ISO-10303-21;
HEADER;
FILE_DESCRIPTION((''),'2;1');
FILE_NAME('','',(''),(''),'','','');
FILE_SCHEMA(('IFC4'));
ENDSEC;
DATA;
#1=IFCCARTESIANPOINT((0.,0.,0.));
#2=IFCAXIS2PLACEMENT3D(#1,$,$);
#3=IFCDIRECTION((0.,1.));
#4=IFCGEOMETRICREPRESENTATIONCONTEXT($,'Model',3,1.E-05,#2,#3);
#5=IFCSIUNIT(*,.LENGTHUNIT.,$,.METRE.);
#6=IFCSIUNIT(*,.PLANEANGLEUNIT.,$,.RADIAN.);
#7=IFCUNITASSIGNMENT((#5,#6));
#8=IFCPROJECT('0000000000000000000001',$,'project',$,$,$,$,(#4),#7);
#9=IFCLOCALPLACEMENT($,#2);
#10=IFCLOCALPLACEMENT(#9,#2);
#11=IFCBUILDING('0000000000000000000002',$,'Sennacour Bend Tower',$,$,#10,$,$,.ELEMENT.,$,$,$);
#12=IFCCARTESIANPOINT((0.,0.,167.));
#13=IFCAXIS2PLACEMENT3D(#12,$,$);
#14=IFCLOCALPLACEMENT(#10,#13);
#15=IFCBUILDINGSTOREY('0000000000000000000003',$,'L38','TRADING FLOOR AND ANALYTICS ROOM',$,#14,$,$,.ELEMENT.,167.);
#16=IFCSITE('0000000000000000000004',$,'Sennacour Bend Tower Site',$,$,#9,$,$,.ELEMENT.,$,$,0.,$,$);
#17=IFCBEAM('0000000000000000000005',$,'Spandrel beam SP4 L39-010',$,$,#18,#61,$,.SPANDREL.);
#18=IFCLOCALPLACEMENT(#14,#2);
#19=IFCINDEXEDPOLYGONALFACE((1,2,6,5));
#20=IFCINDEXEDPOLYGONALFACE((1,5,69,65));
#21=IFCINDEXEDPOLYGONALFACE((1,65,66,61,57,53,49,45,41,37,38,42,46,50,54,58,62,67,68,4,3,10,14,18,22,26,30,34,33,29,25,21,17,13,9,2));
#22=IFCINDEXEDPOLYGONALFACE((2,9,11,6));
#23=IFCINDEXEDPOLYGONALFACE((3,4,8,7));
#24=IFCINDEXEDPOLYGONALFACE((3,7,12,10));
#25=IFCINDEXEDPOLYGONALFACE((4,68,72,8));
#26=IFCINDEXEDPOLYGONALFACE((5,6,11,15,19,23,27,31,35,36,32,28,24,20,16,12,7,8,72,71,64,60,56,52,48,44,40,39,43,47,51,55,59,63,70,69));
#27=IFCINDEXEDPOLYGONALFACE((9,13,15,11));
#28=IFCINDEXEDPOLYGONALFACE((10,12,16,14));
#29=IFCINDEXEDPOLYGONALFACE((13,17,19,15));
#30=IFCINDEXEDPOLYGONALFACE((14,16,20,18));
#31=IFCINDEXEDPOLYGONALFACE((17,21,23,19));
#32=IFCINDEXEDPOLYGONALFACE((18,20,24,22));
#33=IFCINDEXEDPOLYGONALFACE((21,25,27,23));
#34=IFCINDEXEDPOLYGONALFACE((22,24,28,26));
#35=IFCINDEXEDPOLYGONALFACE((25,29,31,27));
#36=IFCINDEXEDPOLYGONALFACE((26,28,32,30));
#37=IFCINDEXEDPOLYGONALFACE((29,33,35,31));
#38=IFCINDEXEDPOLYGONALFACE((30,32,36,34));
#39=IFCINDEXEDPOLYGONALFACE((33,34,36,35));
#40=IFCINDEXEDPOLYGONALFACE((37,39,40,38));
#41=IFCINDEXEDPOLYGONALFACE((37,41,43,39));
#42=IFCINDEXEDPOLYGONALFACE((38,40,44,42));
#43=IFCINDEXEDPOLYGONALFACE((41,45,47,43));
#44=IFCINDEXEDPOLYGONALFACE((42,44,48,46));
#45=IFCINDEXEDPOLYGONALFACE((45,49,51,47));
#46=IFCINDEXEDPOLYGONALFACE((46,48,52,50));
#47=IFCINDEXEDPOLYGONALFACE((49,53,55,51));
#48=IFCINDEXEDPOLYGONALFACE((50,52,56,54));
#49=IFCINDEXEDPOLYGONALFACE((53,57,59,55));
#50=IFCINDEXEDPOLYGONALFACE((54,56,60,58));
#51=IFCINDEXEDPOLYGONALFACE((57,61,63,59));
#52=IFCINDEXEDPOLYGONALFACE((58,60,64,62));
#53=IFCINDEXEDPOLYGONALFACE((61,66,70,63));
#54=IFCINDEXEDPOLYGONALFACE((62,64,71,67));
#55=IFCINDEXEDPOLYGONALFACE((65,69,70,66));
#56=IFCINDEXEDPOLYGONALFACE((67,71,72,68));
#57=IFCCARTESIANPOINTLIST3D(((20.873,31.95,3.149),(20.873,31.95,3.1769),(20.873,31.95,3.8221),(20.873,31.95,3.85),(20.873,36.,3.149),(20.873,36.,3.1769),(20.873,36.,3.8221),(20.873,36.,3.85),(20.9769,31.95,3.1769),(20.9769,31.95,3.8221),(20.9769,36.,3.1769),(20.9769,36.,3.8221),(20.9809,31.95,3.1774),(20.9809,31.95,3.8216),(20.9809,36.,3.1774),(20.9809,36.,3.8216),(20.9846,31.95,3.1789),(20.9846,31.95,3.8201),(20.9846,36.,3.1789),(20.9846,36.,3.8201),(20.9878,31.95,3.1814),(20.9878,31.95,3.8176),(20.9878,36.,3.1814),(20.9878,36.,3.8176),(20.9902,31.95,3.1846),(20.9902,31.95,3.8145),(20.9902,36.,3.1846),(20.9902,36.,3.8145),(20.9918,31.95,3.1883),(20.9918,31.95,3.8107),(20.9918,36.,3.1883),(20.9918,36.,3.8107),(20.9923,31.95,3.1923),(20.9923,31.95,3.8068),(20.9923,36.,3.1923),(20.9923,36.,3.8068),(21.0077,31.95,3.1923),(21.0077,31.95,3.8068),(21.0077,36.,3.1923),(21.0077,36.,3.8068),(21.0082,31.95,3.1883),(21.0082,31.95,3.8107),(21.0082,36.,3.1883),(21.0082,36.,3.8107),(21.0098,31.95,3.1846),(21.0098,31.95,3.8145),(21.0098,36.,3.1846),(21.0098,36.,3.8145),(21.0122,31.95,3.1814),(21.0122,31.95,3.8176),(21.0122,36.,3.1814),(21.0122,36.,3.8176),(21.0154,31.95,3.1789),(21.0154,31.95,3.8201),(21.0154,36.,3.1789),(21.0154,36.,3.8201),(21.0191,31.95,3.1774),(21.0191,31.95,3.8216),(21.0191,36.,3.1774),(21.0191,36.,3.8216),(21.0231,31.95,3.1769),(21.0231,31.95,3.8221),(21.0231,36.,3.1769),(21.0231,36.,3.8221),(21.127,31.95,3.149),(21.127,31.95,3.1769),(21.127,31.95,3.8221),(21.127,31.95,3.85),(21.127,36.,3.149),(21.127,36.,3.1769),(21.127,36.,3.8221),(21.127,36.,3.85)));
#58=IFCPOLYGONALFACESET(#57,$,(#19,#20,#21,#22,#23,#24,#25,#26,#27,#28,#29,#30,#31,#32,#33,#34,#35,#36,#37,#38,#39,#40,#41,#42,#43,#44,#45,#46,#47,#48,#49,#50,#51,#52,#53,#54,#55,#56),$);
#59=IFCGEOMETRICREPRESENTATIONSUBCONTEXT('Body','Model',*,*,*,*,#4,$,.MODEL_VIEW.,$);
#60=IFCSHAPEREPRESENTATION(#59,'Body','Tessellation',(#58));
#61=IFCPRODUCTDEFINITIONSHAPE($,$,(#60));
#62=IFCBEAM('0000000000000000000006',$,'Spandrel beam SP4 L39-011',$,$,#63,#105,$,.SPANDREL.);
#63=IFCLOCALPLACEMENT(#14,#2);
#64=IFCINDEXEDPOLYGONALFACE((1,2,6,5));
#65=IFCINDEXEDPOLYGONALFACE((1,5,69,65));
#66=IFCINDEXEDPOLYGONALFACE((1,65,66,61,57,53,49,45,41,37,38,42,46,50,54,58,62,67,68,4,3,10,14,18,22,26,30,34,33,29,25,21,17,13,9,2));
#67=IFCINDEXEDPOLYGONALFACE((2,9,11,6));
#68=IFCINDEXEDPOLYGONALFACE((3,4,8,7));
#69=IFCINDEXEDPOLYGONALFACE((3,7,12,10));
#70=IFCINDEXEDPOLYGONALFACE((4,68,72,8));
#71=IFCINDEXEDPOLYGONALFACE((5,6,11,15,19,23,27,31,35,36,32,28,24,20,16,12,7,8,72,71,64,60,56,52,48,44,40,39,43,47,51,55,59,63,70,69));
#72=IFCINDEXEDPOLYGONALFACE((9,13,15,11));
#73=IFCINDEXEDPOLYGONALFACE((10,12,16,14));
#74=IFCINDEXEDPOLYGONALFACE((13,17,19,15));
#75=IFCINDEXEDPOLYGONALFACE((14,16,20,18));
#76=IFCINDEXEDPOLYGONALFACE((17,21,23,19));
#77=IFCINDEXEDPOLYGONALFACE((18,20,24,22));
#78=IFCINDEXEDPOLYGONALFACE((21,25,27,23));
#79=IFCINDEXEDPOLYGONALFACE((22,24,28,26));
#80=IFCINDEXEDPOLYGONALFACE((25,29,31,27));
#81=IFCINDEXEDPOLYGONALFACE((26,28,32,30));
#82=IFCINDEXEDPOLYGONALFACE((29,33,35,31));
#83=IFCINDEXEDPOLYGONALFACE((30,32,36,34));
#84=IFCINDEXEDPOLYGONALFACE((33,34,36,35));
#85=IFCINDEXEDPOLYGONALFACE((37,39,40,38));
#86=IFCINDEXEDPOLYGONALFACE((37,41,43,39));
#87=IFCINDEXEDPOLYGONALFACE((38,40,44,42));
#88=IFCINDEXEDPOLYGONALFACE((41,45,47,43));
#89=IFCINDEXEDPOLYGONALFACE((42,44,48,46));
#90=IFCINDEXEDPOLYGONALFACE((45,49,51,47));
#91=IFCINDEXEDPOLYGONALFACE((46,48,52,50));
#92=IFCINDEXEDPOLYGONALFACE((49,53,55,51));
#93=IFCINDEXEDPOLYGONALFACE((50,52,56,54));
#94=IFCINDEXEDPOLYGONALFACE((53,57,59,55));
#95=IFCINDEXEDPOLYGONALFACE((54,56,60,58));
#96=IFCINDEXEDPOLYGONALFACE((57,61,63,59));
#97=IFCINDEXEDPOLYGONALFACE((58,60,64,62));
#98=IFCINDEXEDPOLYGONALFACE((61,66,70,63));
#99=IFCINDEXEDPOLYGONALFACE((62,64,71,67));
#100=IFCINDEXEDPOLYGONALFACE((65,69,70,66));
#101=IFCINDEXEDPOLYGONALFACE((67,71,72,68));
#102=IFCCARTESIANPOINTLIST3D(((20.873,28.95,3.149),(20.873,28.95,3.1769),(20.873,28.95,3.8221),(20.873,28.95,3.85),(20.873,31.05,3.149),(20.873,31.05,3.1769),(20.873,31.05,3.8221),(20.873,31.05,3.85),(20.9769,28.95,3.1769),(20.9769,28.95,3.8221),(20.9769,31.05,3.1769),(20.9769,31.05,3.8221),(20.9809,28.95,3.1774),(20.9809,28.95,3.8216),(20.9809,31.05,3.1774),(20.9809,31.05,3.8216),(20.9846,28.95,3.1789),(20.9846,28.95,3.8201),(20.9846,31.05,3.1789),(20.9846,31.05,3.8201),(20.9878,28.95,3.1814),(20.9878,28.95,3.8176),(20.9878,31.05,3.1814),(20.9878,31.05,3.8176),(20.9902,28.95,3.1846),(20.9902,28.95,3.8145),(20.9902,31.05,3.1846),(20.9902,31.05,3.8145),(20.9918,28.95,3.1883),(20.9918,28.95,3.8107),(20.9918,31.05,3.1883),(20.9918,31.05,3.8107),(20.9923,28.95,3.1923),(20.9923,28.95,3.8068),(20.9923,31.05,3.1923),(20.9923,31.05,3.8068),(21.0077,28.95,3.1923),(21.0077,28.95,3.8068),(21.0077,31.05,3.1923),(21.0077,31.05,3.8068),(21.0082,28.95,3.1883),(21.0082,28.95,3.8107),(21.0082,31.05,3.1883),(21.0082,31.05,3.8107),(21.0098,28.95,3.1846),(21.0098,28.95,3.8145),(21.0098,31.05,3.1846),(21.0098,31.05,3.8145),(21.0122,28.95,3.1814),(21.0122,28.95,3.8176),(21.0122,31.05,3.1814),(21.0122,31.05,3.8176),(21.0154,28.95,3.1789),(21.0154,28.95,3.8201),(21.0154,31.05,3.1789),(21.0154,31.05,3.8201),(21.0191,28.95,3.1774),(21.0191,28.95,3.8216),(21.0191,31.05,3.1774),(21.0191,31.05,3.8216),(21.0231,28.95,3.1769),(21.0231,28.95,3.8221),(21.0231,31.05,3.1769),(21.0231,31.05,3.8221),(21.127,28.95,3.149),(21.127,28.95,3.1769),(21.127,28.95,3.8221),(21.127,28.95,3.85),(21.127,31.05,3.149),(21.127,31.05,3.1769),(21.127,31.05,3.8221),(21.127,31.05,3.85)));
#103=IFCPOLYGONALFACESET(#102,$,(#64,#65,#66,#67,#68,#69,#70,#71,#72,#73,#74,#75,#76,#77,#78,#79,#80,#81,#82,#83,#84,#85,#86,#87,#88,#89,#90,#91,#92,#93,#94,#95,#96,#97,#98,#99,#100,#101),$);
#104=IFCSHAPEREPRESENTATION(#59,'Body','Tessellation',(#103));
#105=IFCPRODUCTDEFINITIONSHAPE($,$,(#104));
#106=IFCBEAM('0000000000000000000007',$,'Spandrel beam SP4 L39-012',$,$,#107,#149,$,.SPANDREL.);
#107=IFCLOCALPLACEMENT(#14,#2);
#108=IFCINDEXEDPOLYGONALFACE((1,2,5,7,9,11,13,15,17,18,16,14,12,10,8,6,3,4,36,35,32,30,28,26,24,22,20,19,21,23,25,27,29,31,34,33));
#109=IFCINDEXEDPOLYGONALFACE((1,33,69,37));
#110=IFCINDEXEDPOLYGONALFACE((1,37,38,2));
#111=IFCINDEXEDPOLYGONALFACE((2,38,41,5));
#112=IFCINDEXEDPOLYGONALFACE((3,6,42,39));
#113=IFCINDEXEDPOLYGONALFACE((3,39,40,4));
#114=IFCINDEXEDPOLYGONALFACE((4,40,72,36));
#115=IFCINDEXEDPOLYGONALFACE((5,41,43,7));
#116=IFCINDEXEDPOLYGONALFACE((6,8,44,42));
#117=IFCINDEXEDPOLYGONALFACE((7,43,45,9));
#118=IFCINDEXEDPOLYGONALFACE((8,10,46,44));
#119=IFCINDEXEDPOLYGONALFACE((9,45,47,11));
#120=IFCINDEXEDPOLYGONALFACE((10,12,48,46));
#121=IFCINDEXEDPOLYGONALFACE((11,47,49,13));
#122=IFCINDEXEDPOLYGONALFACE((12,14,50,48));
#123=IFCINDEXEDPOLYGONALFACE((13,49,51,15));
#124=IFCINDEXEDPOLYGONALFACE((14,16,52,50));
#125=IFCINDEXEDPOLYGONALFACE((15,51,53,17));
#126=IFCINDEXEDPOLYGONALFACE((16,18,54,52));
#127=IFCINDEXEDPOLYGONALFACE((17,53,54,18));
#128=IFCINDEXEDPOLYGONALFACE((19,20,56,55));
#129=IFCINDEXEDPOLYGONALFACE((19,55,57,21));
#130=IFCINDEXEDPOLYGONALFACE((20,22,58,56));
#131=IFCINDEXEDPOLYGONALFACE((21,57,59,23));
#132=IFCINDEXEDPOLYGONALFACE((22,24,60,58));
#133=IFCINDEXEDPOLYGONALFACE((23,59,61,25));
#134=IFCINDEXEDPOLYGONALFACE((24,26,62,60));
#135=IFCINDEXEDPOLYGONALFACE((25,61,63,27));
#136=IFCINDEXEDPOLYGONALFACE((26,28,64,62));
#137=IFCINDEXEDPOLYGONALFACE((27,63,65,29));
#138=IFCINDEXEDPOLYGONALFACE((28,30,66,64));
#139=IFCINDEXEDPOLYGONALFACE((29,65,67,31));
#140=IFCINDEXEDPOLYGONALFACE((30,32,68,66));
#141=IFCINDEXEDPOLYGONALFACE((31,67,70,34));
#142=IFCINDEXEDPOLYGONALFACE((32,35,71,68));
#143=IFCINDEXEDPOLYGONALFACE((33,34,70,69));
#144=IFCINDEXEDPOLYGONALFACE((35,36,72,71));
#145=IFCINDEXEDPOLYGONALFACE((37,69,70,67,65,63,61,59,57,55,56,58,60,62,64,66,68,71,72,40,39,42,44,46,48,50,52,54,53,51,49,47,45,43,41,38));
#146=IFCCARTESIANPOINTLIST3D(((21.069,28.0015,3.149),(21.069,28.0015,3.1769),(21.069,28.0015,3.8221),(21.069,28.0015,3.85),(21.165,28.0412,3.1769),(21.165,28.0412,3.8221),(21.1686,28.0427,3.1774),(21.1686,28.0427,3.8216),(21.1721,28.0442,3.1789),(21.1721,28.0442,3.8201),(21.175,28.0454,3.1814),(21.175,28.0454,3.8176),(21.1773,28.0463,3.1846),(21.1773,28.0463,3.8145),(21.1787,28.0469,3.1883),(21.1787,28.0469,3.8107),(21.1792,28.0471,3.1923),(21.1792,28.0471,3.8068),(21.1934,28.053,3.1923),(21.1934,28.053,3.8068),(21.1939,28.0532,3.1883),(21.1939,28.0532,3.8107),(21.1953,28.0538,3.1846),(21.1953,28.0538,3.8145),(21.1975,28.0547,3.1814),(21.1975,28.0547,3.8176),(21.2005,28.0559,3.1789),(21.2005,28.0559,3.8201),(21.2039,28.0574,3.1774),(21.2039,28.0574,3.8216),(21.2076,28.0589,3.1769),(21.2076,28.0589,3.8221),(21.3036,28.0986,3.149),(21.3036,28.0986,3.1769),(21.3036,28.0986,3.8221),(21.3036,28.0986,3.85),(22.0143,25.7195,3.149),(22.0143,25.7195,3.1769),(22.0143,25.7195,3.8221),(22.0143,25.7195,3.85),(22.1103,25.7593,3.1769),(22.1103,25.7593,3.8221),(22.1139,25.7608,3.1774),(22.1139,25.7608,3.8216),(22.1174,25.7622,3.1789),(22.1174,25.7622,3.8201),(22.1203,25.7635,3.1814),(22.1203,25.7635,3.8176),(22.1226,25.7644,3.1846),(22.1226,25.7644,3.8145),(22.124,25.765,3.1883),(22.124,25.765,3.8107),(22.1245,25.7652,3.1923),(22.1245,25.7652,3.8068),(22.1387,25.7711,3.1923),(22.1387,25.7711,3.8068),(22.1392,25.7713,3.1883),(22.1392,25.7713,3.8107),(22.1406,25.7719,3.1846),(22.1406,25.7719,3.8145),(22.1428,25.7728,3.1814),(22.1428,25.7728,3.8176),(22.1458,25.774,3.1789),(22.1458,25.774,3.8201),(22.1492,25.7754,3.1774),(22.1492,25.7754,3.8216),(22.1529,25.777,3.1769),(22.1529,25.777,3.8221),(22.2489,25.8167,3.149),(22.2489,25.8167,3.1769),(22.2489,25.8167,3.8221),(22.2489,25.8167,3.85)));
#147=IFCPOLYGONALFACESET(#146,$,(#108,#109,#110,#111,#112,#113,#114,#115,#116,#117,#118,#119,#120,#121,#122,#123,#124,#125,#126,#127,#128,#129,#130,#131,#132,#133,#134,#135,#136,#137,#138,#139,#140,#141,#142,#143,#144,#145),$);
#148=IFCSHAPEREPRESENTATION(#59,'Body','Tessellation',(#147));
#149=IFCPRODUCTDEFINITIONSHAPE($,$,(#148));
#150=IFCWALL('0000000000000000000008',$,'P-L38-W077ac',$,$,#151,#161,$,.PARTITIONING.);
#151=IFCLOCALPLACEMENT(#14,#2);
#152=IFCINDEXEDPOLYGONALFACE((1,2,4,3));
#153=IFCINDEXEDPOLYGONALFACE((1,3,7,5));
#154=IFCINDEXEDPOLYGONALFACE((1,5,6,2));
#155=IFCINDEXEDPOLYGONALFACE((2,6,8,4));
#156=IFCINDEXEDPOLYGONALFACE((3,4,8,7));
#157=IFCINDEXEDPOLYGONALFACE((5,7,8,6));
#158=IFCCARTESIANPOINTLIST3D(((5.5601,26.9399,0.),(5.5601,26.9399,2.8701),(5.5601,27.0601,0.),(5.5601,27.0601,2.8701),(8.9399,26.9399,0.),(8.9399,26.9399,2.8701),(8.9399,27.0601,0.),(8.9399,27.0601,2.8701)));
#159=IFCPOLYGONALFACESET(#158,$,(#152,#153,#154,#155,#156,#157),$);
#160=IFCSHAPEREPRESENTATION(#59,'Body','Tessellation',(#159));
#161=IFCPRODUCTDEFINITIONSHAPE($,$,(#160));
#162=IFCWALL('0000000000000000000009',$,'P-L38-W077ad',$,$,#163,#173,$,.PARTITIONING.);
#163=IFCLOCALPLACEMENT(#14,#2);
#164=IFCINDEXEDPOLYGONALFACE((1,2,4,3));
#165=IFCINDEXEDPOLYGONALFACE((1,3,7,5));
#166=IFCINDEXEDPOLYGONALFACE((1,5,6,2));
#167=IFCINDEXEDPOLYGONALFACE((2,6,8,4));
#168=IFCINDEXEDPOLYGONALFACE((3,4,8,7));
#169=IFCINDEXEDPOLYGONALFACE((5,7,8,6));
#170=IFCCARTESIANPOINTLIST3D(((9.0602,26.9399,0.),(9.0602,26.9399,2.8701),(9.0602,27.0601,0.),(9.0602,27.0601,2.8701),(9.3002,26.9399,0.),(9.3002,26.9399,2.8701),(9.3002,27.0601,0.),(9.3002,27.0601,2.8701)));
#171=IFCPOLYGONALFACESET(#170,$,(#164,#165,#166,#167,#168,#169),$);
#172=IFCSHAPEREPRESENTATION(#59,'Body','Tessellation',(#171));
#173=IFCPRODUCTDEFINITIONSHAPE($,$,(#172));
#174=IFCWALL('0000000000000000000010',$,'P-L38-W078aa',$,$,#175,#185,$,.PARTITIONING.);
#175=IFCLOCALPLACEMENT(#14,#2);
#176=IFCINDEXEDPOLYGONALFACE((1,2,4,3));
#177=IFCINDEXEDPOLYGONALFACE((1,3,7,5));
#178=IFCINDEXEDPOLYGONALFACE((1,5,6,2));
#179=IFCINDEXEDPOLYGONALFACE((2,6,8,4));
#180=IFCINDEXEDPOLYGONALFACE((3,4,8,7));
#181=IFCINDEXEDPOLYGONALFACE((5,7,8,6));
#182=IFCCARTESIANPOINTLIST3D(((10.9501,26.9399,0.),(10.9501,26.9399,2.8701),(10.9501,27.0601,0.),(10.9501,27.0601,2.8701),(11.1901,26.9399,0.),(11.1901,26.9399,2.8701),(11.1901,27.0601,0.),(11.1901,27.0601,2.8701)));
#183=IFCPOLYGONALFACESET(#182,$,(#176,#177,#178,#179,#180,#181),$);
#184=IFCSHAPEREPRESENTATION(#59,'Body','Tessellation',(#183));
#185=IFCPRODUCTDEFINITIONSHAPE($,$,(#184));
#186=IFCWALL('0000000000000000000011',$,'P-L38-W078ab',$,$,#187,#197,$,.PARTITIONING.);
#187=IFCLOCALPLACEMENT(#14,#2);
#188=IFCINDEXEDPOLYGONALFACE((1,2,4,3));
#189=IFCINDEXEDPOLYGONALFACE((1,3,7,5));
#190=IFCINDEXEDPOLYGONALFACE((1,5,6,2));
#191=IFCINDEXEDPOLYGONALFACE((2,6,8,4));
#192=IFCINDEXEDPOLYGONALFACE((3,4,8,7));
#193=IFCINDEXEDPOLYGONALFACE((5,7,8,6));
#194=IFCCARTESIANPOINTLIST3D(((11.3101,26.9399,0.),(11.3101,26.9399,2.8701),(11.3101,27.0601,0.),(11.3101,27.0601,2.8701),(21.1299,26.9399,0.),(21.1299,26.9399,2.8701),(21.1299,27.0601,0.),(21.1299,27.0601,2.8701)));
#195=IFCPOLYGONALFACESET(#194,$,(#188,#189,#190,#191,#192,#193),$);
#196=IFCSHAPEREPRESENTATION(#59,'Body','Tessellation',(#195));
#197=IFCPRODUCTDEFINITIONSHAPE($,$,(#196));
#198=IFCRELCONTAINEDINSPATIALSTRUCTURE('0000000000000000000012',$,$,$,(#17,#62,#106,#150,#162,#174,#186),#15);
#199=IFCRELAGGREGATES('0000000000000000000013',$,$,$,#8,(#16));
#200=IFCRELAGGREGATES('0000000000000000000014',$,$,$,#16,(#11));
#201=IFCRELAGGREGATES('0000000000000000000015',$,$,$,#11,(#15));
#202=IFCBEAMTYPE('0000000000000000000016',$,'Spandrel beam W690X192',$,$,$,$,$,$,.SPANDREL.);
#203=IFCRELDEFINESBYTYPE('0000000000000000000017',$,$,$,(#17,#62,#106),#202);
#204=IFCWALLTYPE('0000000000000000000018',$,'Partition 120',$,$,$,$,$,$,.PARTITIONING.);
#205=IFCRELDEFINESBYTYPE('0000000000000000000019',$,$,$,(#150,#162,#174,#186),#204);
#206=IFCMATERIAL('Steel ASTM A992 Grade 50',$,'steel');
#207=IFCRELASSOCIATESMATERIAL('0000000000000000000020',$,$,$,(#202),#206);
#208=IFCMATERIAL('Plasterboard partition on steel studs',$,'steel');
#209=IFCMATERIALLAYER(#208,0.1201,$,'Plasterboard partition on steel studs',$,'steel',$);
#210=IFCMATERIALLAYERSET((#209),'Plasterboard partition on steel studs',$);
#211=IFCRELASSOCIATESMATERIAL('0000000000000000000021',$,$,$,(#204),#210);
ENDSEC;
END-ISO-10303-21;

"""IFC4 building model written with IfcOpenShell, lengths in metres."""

from ifc_helpers import new_model, si_unit, direction, frame, frame_2d, origin, origin_2d, place, context, subcontext, project, spatial, rectangle, i_section, extrude, material, layer, layer_set, material_profile, profile_set, type_object, element, save


model = new_model("IFC4")

# Units and contexts
model_context = context("Model", 3, precision=1e-05, world=origin(), true_north=direction((0.0, 1.0)))
body_context = subcontext(model_context, "Body", "Model", "MODEL_VIEW")
ifc_project = project(units=[si_unit("LENGTHUNIT", "METRE"), si_unit("PLANEANGLEUNIT", "RADIAN")], contexts=[model_context])

# Site, building, storey
site_placement = place(None, origin())
site = spatial("IfcSite", under=ifc_project, at=site_placement, Name="Sennacour Bend Tower Site", CompositionType="ELEMENT", RefElevation=0.0)
building_placement = place(site_placement, origin())
building = spatial("IfcBuilding", under=site, at=building_placement, Name="Sennacour Bend Tower", CompositionType="ELEMENT")
storey_placement = place(building_placement, frame((0.0, 0.0, 167.0)))
storey = spatial("IfcBuildingStorey", under=building, at=storey_placement, Name="L38", Description="TRADING FLOOR AND ANALYTICS ROOM", CompositionType="ELEMENT", Elevation=167.0)

# Beams
ifc_material_1 = material(Name="Steel ASTM A992 Grade 50", Category="steel")
ifc_material_profile_1 = material_profile(ifc_material_1, i_section(OverallWidth=0.2539, OverallDepth=0.7009, WebThickness=0.0154, FlangeThickness=0.0278, FilletRadius=0.0154, at=origin_2d()), Name="Steel ASTM A992 Grade 50", Category="steel")
ifc_profile_set_1 = profile_set([ifc_material_profile_1], Name="Steel ASTM A992 Grade 50")
beam_type_1 = type_object("IfcBeamType", Name="Spandrel beam W690X192", PredefinedType="SPANDREL", material=ifc_profile_set_1)
beam_1_placement = place(storey_placement, frame((21.0, 36.0, 3.4995), z_axis=(0.0, -1.0, 0.0), x_axis=(1.0, 0.0, 0.0)))
element("IfcBeam", 1, at=beam_1_placement, inside=storey, type_object=beam_type_1, Name="Spandrel beam SP4 L39-010", PredefinedType="SPANDREL", context=body_context, shape_type="SweptSolid", body=[
    extrude(i_section(OverallWidth=0.2539, OverallDepth=0.7009, WebThickness=0.0154, FlangeThickness=0.0278, FilletRadius=0.0154, at=origin_2d()), origin(), (0.0, 0.0, 1.0), 4.05),
])
beam_2_placement = place(storey_placement, frame((21.0, 31.05, 3.4995), z_axis=(0.0, -1.0, 0.0), x_axis=(1.0, 0.0, 0.0)))
element("IfcBeam", 2, at=beam_2_placement, inside=storey, type_object=beam_type_1, Name="Spandrel beam SP4 L39-011", PredefinedType="SPANDREL", context=body_context, shape_type="SweptSolid", body=[
    extrude(i_section(OverallWidth=0.2539, OverallDepth=0.7009, WebThickness=0.0154, FlangeThickness=0.0278, FilletRadius=0.0154, at=origin_2d()), origin(), (0.0, 0.0, 1.0), 2.1001),
])
beam_3_placement = place(storey_placement, frame((21.1863, 28.05, 3.4995), z_axis=(0.382713, -0.923867, 0.0), x_axis=(0.923867, 0.382713, 0.0)))
element("IfcBeam", 3, at=beam_3_placement, inside=storey, type_object=beam_type_1, Name="Spandrel beam SP4 L39-012", PredefinedType="SPANDREL", context=body_context, shape_type="SweptSolid", body=[
    extrude(i_section(OverallWidth=0.2539, OverallDepth=0.7009, WebThickness=0.0154, FlangeThickness=0.0278, FilletRadius=0.0154, at=origin_2d()), origin(), (0.0, 0.0, 1.0), 2.47),
])

# Walls
ifc_material_2 = material(Name="Plasterboard partition on steel studs", Category="steel")
ifc_layer_1 = layer(ifc_material_2, 0.1201, Name="Plasterboard partition on steel studs", Category="steel")
ifc_layer_set_1 = layer_set([ifc_layer_1], Name="Plasterboard partition on steel studs")
wall_type_1 = type_object("IfcWallType", Name="Partition 120", PredefinedType="PARTITIONING", material=ifc_layer_set_1)
wall_1_placement = place(storey_placement, frame((5.5601, 27.0, 0.0), z_axis=(0.0, 0.0, 1.0), x_axis=(1.0, 0.0, 0.0)))
element("IfcWall", 4, at=wall_1_placement, inside=storey, type_object=wall_type_1, Name="P-L38-W077ac", PredefinedType="PARTITIONING", context=body_context, shape_type="SweptSolid", body=[
    extrude(rectangle(XDim=3.3799, YDim=0.1201, at=frame_2d((1.6899, 0.0))), origin(), (0.0, 0.0, 1.0), 2.8701),
])
for number, where, z_axis, x_axis, name in (
    (5, (9.0601, 27.0, 0.0), (0.0, 0.0, 1.0), (1.0, 0.0, 0.0), "P-L38-W077ad"),
    (6, (10.95, 27.0, 0.0), (0.0, 0.0, 1.0), (1.0, 0.0, 0.0), "P-L38-W078aa"),
):
    element("IfcWall", number, at=place(storey_placement, frame(where, z_axis=z_axis, x_axis=x_axis)), inside=storey, type_object=wall_type_1, Name=name, PredefinedType="PARTITIONING", context=body_context, shape_type="SweptSolid", body=[
        extrude(rectangle(XDim=0.24, YDim=0.1201, at=frame_2d((0.1201, 0.0))), origin(), (0.0, 0.0, 1.0), 2.8701),
    ])
wall_2_placement = place(storey_placement, frame((11.3101, 27.0, 0.0), z_axis=(0.0, 0.0, 1.0), x_axis=(1.0, 0.0, 0.0)))
element("IfcWall", 7, at=wall_2_placement, inside=storey, type_object=wall_type_1, Name="P-L38-W078ab", PredefinedType="PARTITIONING", context=body_context, shape_type="SweptSolid", body=[
    extrude(rectangle(XDim=9.8198, YDim=0.1201, at=frame_2d((4.9099, 0.0))), origin(), (0.0, 0.0, 1.0), 2.8701),
])

save(model, "model.ifc")
